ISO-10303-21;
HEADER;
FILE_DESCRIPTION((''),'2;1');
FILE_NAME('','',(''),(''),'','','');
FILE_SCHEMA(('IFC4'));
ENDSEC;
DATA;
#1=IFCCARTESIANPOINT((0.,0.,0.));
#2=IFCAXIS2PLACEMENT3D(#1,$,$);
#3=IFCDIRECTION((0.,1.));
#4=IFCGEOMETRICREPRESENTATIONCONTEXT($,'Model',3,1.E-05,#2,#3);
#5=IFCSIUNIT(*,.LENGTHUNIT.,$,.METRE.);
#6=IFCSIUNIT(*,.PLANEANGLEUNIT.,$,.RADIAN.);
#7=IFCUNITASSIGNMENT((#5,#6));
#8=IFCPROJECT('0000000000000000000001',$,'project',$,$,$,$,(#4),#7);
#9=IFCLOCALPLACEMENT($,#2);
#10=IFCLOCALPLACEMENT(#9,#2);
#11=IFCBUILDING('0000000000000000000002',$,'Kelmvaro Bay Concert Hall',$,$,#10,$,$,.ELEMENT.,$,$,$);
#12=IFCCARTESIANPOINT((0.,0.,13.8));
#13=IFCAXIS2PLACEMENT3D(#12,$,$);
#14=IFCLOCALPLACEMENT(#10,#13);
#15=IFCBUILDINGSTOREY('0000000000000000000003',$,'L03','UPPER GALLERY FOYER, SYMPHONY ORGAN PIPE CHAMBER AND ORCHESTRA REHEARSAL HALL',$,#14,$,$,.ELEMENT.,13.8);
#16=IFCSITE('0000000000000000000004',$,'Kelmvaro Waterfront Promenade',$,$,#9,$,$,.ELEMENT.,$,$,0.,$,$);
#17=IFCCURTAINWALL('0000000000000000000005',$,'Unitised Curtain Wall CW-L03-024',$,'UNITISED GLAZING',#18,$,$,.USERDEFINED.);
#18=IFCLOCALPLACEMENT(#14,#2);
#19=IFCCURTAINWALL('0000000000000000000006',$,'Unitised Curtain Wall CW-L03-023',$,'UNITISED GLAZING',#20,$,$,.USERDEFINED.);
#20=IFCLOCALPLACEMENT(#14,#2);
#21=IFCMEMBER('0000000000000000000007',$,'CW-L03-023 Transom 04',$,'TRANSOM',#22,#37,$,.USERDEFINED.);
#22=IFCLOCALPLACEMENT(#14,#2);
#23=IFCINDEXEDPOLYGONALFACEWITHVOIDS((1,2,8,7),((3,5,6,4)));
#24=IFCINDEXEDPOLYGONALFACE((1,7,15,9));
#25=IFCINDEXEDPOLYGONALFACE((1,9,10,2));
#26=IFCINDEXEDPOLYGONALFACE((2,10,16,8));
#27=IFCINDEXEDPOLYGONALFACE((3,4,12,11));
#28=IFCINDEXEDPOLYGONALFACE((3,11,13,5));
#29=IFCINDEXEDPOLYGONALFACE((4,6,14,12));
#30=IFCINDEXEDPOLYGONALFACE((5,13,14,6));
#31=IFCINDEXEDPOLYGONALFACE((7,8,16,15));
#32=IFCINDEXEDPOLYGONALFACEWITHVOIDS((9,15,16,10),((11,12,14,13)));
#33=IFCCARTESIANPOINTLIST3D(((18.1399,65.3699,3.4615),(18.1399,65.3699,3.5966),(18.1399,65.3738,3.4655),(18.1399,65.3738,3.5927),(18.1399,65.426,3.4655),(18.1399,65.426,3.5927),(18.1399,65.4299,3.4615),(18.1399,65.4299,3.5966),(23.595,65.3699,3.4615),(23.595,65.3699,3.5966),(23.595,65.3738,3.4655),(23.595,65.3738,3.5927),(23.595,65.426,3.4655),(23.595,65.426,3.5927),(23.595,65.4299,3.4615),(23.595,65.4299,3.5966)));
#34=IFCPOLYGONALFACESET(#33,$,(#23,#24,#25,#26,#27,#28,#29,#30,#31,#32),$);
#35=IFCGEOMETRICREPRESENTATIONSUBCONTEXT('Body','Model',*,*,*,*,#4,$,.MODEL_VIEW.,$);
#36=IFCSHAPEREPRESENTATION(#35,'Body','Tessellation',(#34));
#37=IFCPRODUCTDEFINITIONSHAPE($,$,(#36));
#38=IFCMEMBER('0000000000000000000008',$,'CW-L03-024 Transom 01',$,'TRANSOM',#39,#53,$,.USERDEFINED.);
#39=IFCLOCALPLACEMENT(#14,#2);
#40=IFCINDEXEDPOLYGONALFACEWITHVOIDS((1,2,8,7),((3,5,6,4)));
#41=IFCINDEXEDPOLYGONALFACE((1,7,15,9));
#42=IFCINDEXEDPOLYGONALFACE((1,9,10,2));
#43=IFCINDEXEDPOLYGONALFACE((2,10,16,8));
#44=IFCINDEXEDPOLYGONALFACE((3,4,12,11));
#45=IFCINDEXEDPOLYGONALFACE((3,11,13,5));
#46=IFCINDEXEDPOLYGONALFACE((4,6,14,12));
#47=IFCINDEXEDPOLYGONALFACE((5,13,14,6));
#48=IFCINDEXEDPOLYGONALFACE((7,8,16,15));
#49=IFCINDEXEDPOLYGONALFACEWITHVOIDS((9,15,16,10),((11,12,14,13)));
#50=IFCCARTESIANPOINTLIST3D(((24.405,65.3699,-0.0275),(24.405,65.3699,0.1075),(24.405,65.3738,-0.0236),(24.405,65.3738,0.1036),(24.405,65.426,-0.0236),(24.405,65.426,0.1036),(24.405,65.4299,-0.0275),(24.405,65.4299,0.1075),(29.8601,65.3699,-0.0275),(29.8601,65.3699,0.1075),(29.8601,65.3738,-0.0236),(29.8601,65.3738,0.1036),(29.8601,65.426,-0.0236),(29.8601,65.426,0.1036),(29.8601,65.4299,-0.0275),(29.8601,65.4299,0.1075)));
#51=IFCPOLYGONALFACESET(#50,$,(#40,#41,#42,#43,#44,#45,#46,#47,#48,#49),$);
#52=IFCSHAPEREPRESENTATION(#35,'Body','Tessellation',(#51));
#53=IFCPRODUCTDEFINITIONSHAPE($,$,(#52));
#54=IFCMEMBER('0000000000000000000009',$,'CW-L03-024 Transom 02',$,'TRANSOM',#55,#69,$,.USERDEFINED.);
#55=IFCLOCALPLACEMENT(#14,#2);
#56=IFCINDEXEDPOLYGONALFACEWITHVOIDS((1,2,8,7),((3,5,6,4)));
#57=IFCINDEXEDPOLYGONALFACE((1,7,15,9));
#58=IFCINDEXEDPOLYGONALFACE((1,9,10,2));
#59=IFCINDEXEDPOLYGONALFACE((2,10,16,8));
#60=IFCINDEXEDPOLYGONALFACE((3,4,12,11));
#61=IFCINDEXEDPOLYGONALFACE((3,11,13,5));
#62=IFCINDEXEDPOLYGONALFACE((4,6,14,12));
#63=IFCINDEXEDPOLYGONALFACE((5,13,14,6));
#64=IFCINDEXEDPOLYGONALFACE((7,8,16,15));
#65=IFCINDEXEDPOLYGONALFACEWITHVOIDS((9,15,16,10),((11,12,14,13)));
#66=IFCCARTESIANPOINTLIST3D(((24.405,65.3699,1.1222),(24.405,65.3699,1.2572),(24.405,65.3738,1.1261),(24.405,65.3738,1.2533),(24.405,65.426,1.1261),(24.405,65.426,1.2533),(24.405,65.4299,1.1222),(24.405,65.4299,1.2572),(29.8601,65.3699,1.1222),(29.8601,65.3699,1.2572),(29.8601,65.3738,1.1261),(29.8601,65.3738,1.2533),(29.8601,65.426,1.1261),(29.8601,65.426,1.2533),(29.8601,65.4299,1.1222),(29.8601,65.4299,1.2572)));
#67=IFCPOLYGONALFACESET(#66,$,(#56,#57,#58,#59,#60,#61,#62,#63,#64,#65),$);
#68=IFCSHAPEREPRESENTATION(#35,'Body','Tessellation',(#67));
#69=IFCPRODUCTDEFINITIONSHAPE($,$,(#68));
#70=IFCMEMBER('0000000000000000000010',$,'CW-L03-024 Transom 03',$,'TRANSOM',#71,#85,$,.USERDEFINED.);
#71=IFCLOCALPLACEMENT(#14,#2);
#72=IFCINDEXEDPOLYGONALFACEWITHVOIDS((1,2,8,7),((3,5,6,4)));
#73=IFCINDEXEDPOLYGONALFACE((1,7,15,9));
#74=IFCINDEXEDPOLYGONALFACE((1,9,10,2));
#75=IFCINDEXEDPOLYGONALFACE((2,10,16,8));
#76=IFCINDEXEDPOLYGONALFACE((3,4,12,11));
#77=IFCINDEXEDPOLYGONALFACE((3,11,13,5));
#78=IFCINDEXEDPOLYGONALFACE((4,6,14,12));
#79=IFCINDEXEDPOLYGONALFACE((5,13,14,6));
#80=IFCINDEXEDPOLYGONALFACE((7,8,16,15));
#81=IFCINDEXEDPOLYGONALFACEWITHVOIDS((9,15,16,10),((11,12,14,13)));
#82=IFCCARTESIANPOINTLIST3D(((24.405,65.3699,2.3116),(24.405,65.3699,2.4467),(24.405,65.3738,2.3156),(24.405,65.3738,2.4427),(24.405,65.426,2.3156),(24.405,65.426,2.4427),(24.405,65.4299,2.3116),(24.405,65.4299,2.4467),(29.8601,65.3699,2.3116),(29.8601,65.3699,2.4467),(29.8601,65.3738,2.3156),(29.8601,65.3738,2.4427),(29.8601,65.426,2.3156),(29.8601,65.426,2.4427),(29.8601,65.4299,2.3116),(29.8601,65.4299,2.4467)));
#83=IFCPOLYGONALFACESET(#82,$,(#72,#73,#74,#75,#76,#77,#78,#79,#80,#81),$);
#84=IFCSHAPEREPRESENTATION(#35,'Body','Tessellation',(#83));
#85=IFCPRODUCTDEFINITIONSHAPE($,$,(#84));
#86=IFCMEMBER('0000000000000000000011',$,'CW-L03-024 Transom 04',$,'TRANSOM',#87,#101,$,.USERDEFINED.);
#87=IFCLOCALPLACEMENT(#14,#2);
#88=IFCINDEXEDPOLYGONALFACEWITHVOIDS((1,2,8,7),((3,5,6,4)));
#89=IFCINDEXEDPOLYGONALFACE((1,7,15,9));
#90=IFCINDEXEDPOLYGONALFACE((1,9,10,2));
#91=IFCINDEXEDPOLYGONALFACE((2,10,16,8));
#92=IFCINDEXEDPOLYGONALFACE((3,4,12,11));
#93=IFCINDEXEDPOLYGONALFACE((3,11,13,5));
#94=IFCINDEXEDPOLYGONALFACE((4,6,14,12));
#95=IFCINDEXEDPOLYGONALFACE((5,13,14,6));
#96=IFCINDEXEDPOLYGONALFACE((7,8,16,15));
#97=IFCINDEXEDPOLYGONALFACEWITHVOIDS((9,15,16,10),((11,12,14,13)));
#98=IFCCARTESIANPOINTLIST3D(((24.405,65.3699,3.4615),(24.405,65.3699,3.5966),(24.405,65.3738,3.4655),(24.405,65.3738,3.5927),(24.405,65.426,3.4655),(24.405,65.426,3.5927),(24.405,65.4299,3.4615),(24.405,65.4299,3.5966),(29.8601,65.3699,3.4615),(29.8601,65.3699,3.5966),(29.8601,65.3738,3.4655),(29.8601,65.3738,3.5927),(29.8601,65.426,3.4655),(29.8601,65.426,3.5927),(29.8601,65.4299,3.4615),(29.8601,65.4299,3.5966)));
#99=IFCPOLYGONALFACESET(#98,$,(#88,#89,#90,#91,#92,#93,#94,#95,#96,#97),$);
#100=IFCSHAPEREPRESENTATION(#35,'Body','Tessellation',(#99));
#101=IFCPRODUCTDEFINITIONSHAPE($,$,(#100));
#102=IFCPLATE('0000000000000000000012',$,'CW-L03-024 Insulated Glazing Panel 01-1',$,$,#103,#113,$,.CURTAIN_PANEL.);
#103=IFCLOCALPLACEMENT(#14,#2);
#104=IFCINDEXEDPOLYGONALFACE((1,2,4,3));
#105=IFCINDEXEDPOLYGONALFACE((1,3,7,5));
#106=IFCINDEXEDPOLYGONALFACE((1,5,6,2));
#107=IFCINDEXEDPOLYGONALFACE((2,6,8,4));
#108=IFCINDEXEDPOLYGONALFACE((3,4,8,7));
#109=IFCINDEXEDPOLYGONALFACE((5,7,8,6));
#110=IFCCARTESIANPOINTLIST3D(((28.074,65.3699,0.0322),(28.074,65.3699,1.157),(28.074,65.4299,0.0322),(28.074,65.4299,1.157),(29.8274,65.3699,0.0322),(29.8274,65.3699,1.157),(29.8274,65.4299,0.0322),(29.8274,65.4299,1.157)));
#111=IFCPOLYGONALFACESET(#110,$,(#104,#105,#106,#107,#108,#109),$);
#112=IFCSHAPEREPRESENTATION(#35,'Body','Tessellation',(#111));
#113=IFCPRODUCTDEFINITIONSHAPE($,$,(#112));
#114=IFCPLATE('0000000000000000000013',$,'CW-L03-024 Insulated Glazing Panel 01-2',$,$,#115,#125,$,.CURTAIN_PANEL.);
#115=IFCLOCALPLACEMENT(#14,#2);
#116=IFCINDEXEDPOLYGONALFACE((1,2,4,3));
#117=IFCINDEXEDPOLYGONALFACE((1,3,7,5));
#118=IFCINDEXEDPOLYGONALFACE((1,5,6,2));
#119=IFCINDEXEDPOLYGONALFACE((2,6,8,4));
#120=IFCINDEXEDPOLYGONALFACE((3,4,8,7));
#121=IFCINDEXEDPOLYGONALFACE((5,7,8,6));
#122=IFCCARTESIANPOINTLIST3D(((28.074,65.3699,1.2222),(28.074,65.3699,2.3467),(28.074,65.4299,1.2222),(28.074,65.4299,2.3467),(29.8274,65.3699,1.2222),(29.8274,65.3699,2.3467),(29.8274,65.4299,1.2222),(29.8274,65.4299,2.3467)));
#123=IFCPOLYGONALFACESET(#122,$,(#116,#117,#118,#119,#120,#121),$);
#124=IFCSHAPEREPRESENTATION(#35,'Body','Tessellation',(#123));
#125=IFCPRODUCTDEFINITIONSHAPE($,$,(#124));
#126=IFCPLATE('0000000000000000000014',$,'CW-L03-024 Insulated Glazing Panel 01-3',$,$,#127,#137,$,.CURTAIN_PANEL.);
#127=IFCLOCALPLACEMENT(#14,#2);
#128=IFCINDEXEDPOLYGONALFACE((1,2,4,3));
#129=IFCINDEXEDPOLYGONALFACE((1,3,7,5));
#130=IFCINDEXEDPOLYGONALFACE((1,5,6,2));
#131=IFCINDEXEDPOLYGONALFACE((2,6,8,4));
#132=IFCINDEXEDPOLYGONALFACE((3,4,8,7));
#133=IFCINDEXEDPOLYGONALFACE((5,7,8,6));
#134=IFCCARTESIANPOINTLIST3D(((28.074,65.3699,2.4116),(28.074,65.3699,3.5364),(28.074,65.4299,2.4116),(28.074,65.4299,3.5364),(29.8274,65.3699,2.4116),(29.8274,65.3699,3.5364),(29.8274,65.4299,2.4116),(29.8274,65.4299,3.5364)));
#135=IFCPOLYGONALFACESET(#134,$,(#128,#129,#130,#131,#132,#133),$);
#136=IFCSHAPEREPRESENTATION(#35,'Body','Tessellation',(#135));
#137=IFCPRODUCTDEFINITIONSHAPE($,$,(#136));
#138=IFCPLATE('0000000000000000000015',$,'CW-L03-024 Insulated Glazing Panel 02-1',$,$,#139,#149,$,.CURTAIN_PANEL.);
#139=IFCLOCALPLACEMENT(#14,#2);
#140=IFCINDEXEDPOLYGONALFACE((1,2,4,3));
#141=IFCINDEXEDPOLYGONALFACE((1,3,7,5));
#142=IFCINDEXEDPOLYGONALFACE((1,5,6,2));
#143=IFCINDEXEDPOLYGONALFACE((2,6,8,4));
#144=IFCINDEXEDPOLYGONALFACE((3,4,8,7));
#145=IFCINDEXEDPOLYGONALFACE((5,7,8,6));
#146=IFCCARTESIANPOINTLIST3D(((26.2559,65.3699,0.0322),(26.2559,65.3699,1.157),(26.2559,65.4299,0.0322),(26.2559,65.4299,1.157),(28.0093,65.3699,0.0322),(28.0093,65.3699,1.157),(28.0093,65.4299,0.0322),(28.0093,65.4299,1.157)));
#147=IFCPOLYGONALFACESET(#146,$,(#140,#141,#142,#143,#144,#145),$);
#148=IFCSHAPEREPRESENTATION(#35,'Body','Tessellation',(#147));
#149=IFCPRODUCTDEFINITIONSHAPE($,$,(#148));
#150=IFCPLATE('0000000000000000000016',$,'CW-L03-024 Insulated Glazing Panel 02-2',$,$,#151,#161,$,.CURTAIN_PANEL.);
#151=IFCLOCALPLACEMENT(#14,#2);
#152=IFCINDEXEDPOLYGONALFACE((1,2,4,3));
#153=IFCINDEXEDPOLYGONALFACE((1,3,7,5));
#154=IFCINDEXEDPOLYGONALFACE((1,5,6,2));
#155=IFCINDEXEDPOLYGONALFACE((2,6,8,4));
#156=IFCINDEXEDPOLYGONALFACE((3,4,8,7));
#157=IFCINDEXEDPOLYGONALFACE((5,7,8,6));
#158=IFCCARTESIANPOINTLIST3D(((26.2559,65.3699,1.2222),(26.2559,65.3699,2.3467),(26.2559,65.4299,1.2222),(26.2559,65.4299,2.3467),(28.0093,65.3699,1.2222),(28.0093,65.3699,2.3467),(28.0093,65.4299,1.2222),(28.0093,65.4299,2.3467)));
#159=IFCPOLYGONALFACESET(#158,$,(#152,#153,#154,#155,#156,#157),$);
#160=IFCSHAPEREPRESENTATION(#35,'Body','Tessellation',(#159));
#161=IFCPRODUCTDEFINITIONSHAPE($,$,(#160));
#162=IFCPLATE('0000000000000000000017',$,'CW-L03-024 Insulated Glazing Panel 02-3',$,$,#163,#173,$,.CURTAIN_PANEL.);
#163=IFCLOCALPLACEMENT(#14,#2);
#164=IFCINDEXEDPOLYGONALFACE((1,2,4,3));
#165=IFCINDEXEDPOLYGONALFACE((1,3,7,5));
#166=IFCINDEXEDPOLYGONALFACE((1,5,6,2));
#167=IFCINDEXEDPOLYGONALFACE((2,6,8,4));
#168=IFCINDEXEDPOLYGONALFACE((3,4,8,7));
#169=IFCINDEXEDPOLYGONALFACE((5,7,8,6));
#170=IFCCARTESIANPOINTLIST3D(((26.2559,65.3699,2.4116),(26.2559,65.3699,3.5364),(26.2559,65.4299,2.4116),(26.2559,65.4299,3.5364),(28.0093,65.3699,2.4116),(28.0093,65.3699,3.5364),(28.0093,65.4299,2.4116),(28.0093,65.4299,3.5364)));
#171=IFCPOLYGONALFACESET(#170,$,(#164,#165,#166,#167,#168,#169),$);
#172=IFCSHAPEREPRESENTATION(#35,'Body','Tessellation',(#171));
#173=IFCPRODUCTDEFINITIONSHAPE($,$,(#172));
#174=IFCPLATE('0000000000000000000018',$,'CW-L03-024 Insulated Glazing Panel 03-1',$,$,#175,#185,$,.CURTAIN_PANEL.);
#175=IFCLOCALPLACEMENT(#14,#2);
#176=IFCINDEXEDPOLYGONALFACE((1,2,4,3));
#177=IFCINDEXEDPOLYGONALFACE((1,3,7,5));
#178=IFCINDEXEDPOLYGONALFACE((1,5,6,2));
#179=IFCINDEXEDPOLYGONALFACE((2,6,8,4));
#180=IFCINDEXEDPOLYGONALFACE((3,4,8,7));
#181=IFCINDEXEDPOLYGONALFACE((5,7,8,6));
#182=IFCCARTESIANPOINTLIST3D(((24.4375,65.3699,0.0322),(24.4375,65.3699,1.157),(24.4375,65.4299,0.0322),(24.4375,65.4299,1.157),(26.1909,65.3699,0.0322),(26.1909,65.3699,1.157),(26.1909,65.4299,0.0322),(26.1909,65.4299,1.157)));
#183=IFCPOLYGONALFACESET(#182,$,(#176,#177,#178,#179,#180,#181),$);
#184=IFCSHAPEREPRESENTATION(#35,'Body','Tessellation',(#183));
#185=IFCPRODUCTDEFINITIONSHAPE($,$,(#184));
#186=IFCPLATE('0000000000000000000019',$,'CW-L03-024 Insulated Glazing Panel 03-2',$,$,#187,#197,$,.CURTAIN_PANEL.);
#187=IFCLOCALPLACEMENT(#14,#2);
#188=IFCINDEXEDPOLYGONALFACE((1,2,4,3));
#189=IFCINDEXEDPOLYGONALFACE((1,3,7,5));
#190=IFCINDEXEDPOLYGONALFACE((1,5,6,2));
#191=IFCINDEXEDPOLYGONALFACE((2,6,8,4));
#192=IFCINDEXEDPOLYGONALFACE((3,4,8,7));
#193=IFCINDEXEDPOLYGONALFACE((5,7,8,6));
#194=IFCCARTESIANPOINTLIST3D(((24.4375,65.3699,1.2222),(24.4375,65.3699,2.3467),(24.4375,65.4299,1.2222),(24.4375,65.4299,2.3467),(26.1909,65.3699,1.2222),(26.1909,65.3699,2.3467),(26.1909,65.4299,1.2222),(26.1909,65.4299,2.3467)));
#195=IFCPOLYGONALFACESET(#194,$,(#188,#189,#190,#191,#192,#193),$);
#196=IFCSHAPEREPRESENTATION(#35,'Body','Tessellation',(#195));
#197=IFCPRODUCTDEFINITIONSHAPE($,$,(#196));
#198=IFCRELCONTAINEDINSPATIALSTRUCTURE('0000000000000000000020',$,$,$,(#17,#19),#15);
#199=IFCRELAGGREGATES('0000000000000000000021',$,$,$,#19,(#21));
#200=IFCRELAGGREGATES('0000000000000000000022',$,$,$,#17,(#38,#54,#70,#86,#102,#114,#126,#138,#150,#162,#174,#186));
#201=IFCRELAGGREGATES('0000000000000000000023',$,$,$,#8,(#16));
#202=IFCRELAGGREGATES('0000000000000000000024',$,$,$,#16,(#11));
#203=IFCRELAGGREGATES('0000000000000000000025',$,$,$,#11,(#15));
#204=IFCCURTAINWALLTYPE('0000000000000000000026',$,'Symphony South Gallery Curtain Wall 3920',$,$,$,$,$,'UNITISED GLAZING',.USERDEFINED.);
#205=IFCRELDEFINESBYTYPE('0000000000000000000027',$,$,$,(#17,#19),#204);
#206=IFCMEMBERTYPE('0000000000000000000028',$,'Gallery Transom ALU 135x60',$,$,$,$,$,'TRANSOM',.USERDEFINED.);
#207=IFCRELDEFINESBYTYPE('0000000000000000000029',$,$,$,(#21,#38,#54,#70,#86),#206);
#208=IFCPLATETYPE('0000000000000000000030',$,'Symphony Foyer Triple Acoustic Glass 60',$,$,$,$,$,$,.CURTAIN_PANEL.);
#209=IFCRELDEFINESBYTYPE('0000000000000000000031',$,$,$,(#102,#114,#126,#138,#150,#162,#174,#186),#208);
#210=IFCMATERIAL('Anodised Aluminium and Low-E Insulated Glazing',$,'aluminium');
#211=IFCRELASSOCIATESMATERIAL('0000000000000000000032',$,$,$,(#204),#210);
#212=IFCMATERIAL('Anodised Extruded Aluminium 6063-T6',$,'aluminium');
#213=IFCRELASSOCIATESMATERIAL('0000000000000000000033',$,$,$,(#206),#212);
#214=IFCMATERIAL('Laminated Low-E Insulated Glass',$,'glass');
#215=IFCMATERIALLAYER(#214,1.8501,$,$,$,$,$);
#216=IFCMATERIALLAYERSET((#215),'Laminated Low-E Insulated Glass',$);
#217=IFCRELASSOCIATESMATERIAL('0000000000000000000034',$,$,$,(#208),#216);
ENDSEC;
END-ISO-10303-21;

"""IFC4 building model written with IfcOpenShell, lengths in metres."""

from ifc_helpers import new_model, si_unit, direction, frame, origin, origin_2d, place, context, subcontext, project, spatial, rectangle, hollow_rectangle, extrude, material, layer, layer_set, material_profile, profile_set, type_object, element, aggregate, save


model = new_model("IFC4")

# Units and contexts
model_context = context("Model", 3, precision=1e-05, world=origin(), true_north=direction((0.0, 1.0)))
body_context = subcontext(model_context, "Body", "Model", "MODEL_VIEW")
ifc_project = project(units=[si_unit("LENGTHUNIT", "METRE"), si_unit("PLANEANGLEUNIT", "RADIAN")], contexts=[model_context])

# Site, building, storey
site_placement = place(None, origin())
site = spatial("IfcSite", under=ifc_project, at=site_placement, Name="Kelmvaro Waterfront Promenade", CompositionType="ELEMENT", RefElevation=0.0)
building_placement = place(site_placement, origin())
building = spatial("IfcBuilding", under=site, at=building_placement, Name="Kelmvaro Bay Concert Hall", CompositionType="ELEMENT")
storey_placement = place(building_placement, frame((0.0, 0.0, 13.8)))
storey = spatial("IfcBuildingStorey", under=building, at=storey_placement, Name="L03", Description="UPPER GALLERY FOYER, SYMPHONY ORGAN PIPE CHAMBER AND ORCHESTRA REHEARSAL HALL", CompositionType="ELEMENT", Elevation=13.8)

# Curtain walls, member
ifc_material_1 = material(Name="Anodised Aluminium and Low-E Insulated Glazing", Category="aluminium")
curtain_wall_type = type_object("IfcCurtainWallType", Name="Symphony South Gallery Curtain Wall 3920", ElementType="UNITISED GLAZING", PredefinedType="USERDEFINED", material=ifc_material_1)
curtain_wall_1_placement = place(storey_placement, origin())
curtain_wall_1 = element("IfcCurtainWall", 1, at=curtain_wall_1_placement, inside=storey, type_object=curtain_wall_type, Name="Unitised Curtain Wall CW-L03-024", ObjectType="UNITISED GLAZING", PredefinedType="USERDEFINED")
curtain_wall_2_placement = place(storey_placement, origin())
curtain_wall_2 = element("IfcCurtainWall", 2, at=curtain_wall_2_placement, inside=storey, type_object=curtain_wall_type, Name="Unitised Curtain Wall CW-L03-023", ObjectType="UNITISED GLAZING", PredefinedType="USERDEFINED")
ifc_material_2 = material(Name="Anodised Extruded Aluminium 6063-T6", Category="aluminium")
ifc_material_profile_1 = material_profile(ifc_material_2, hollow_rectangle(XDim=0.0601, YDim=0.135, WallThickness=0.0039, at=origin_2d()), Name="ALU-TRN-135X60")
ifc_profile_set_1 = profile_set([ifc_material_profile_1], Name="Anodised Extruded Aluminium 6063-T6")
member_type_1 = type_object("IfcMemberType", Name="Gallery Transom ALU 135x60", ElementType="TRANSOM", PredefinedType="USERDEFINED", material=ifc_profile_set_1)
member_1_placement = place(storey_placement, frame((23.595, 65.3999, 3.5291), z_axis=(-1.0, 0.0, 0.0), x_axis=(0.0, -1.0, 0.0)))
member_1 = element("IfcMember", 3, at=member_1_placement, type_object=member_type_1, Name="CW-L03-023 Transom 04", ObjectType="TRANSOM", PredefinedType="USERDEFINED", context=body_context, shape_type="SweptSolid", body=[
    extrude(hollow_rectangle(XDim=0.0601, YDim=0.135, WallThickness=0.0039, at=origin_2d()), origin(), (0.0, 0.0, 1.0), 5.4551),
])
aggregate(curtain_wall_2, [member_1])

# Members
member_2_placement = place(storey_placement, frame((29.8601, 65.3999, 0.04), z_axis=(-1.0, 0.0, 0.0), x_axis=(0.0, -1.0, 0.0)))
member_2 = element("IfcMember", 4, at=member_2_placement, type_object=member_type_1, Name="CW-L03-024 Transom 01", ObjectType="TRANSOM", PredefinedType="USERDEFINED", context=body_context, shape_type="SweptSolid", body=[
    extrude(hollow_rectangle(XDim=0.0601, YDim=0.135, WallThickness=0.0039, at=origin_2d()), origin(), (0.0, 0.0, 1.0), 5.4551),
])
member_3_placement = place(storey_placement, frame((29.8601, 65.3999, 1.1897), z_axis=(-1.0, 0.0, 0.0), x_axis=(0.0, -1.0, 0.0)))
member_3 = element("IfcMember", 5, at=member_3_placement, type_object=member_type_1, Name="CW-L03-024 Transom 02", ObjectType="TRANSOM", PredefinedType="USERDEFINED", context=body_context, shape_type="SweptSolid", body=[
    extrude(hollow_rectangle(XDim=0.0601, YDim=0.135, WallThickness=0.0039, at=origin_2d()), origin(), (0.0, 0.0, 1.0), 5.4551),
])
member_4_placement = place(storey_placement, frame((29.8601, 65.3999, 2.3792), z_axis=(-1.0, 0.0, 0.0), x_axis=(0.0, -1.0, 0.0)))
member_4 = element("IfcMember", 6, at=member_4_placement, type_object=member_type_1, Name="CW-L03-024 Transom 03", ObjectType="TRANSOM", PredefinedType="USERDEFINED", context=body_context, shape_type="SweptSolid", body=[
    extrude(hollow_rectangle(XDim=0.0601, YDim=0.135, WallThickness=0.0039, at=origin_2d()), origin(), (0.0, 0.0, 1.0), 5.4551),
])
member_5_placement = place(storey_placement, frame((29.8601, 65.3999, 3.5291), z_axis=(-1.0, 0.0, 0.0), x_axis=(0.0, -1.0, 0.0)))
member_5 = element("IfcMember", 7, at=member_5_placement, type_object=member_type_1, Name="CW-L03-024 Transom 04", ObjectType="TRANSOM", PredefinedType="USERDEFINED", context=body_context, shape_type="SweptSolid", body=[
    extrude(hollow_rectangle(XDim=0.0601, YDim=0.135, WallThickness=0.0039, at=origin_2d()), origin(), (0.0, 0.0, 1.0), 5.4551),
])

# Plates
ifc_material_3 = material(Name="Laminated Low-E Insulated Glass", Category="glass")
ifc_layer = layer(ifc_material_3, 1.8501)
ifc_layer_set = layer_set([ifc_layer], Name="Laminated Low-E Insulated Glass")
plate_type = type_object("IfcPlateType", Name="Symphony Foyer Triple Acoustic Glass 60", PredefinedType="CURTAIN_PANEL", material=ifc_layer_set)
plate_1_placement = place(storey_placement, frame((28.9507, 65.3999, 0.0322), z_axis=(0.0, 0.0, 1.0), x_axis=(-1.0, 0.0, 0.0)))
plate_1 = element("IfcPlate", 8, at=plate_1_placement, type_object=plate_type, Name="CW-L03-024 Insulated Glazing Panel 01-1", PredefinedType="CURTAIN_PANEL", context=body_context, shape_type="SweptSolid", body=[
    extrude(rectangle(XDim=1.7534, YDim=0.0601, at=origin_2d()), origin(), (0.0, 0.0, 1.0), 1.1248),
])
plate_2_placement = place(storey_placement, frame((28.9507, 65.3999, 1.2222), z_axis=(0.0, 0.0, 1.0), x_axis=(-1.0, 0.0, 0.0)))
plate_2 = element("IfcPlate", 9, at=plate_2_placement, type_object=plate_type, Name="CW-L03-024 Insulated Glazing Panel 01-2", PredefinedType="CURTAIN_PANEL", context=body_context, shape_type="SweptSolid", body=[
    extrude(rectangle(XDim=1.7534, YDim=0.0601, at=origin_2d()), origin(), (0.0, 0.0, 1.0), 1.1245),
])
plate_3_placement = place(storey_placement, frame((28.9507, 65.3999, 2.4116), z_axis=(0.0, 0.0, 1.0), x_axis=(-1.0, 0.0, 0.0)))
plate_3 = element("IfcPlate", 10, at=plate_3_placement, type_object=plate_type, Name="CW-L03-024 Insulated Glazing Panel 01-3", PredefinedType="CURTAIN_PANEL", context=body_context, shape_type="SweptSolid", body=[
    extrude(rectangle(XDim=1.7534, YDim=0.0601, at=origin_2d()), origin(), (0.0, 0.0, 1.0), 1.1248),
])
plate_4_placement = place(storey_placement, frame((27.1326, 65.3999, 0.0322), z_axis=(0.0, 0.0, 1.0), x_axis=(-1.0, 0.0, 0.0)))
plate_4 = element("IfcPlate", 11, at=plate_4_placement, type_object=plate_type, Name="CW-L03-024 Insulated Glazing Panel 02-1", PredefinedType="CURTAIN_PANEL", context=body_context, shape_type="SweptSolid", body=[
    extrude(rectangle(XDim=1.7534, YDim=0.0601, at=origin_2d()), origin(), (0.0, 0.0, 1.0), 1.1248),
])
plate_5_placement = place(storey_placement, frame((27.1326, 65.3999, 1.2222), z_axis=(0.0, 0.0, 1.0), x_axis=(-1.0, 0.0, 0.0)))
plate_5 = element("IfcPlate", 12, at=plate_5_placement, type_object=plate_type, Name="CW-L03-024 Insulated Glazing Panel 02-2", PredefinedType="CURTAIN_PANEL", context=body_context, shape_type="SweptSolid", body=[
    extrude(rectangle(XDim=1.7534, YDim=0.0601, at=origin_2d()), origin(), (0.0, 0.0, 1.0), 1.1245),
])
plate_6_placement = place(storey_placement, frame((27.1326, 65.3999, 2.4116), z_axis=(0.0, 0.0, 1.0), x_axis=(-1.0, 0.0, 0.0)))
plate_6 = element("IfcPlate", 13, at=plate_6_placement, type_object=plate_type, Name="CW-L03-024 Insulated Glazing Panel 02-3", PredefinedType="CURTAIN_PANEL", context=body_context, shape_type="SweptSolid", body=[
    extrude(rectangle(XDim=1.7534, YDim=0.0601, at=origin_2d()), origin(), (0.0, 0.0, 1.0), 1.1248),
])
plate_7_placement = place(storey_placement, frame((25.3142, 65.3999, 0.0322), z_axis=(0.0, 0.0, 1.0), x_axis=(-1.0, 0.0, 0.0)))
plate_7 = element("IfcPlate", 14, at=plate_7_placement, type_object=plate_type, Name="CW-L03-024 Insulated Glazing Panel 03-1", PredefinedType="CURTAIN_PANEL", context=body_context, shape_type="SweptSolid", body=[
    extrude(rectangle(XDim=1.7534, YDim=0.0601, at=origin_2d()), origin(), (0.0, 0.0, 1.0), 1.1248),
])
plate_8_placement = place(storey_placement, frame((25.3142, 65.3999, 1.2222), z_axis=(0.0, 0.0, 1.0), x_axis=(-1.0, 0.0, 0.0)))
plate_8 = element("IfcPlate", 15, at=plate_8_placement, type_object=plate_type, Name="CW-L03-024 Insulated Glazing Panel 03-2", PredefinedType="CURTAIN_PANEL", context=body_context, shape_type="SweptSolid", body=[
    extrude(rectangle(XDim=1.7534, YDim=0.0601, at=origin_2d()), origin(), (0.0, 0.0, 1.0), 1.1245),
])
aggregate(curtain_wall_1, [member_2, member_3, member_4, member_5, plate_1, plate_2, plate_3, plate_4, plate_5, plate_6, plate_7, plate_8])

save(model, "model.ifc")
